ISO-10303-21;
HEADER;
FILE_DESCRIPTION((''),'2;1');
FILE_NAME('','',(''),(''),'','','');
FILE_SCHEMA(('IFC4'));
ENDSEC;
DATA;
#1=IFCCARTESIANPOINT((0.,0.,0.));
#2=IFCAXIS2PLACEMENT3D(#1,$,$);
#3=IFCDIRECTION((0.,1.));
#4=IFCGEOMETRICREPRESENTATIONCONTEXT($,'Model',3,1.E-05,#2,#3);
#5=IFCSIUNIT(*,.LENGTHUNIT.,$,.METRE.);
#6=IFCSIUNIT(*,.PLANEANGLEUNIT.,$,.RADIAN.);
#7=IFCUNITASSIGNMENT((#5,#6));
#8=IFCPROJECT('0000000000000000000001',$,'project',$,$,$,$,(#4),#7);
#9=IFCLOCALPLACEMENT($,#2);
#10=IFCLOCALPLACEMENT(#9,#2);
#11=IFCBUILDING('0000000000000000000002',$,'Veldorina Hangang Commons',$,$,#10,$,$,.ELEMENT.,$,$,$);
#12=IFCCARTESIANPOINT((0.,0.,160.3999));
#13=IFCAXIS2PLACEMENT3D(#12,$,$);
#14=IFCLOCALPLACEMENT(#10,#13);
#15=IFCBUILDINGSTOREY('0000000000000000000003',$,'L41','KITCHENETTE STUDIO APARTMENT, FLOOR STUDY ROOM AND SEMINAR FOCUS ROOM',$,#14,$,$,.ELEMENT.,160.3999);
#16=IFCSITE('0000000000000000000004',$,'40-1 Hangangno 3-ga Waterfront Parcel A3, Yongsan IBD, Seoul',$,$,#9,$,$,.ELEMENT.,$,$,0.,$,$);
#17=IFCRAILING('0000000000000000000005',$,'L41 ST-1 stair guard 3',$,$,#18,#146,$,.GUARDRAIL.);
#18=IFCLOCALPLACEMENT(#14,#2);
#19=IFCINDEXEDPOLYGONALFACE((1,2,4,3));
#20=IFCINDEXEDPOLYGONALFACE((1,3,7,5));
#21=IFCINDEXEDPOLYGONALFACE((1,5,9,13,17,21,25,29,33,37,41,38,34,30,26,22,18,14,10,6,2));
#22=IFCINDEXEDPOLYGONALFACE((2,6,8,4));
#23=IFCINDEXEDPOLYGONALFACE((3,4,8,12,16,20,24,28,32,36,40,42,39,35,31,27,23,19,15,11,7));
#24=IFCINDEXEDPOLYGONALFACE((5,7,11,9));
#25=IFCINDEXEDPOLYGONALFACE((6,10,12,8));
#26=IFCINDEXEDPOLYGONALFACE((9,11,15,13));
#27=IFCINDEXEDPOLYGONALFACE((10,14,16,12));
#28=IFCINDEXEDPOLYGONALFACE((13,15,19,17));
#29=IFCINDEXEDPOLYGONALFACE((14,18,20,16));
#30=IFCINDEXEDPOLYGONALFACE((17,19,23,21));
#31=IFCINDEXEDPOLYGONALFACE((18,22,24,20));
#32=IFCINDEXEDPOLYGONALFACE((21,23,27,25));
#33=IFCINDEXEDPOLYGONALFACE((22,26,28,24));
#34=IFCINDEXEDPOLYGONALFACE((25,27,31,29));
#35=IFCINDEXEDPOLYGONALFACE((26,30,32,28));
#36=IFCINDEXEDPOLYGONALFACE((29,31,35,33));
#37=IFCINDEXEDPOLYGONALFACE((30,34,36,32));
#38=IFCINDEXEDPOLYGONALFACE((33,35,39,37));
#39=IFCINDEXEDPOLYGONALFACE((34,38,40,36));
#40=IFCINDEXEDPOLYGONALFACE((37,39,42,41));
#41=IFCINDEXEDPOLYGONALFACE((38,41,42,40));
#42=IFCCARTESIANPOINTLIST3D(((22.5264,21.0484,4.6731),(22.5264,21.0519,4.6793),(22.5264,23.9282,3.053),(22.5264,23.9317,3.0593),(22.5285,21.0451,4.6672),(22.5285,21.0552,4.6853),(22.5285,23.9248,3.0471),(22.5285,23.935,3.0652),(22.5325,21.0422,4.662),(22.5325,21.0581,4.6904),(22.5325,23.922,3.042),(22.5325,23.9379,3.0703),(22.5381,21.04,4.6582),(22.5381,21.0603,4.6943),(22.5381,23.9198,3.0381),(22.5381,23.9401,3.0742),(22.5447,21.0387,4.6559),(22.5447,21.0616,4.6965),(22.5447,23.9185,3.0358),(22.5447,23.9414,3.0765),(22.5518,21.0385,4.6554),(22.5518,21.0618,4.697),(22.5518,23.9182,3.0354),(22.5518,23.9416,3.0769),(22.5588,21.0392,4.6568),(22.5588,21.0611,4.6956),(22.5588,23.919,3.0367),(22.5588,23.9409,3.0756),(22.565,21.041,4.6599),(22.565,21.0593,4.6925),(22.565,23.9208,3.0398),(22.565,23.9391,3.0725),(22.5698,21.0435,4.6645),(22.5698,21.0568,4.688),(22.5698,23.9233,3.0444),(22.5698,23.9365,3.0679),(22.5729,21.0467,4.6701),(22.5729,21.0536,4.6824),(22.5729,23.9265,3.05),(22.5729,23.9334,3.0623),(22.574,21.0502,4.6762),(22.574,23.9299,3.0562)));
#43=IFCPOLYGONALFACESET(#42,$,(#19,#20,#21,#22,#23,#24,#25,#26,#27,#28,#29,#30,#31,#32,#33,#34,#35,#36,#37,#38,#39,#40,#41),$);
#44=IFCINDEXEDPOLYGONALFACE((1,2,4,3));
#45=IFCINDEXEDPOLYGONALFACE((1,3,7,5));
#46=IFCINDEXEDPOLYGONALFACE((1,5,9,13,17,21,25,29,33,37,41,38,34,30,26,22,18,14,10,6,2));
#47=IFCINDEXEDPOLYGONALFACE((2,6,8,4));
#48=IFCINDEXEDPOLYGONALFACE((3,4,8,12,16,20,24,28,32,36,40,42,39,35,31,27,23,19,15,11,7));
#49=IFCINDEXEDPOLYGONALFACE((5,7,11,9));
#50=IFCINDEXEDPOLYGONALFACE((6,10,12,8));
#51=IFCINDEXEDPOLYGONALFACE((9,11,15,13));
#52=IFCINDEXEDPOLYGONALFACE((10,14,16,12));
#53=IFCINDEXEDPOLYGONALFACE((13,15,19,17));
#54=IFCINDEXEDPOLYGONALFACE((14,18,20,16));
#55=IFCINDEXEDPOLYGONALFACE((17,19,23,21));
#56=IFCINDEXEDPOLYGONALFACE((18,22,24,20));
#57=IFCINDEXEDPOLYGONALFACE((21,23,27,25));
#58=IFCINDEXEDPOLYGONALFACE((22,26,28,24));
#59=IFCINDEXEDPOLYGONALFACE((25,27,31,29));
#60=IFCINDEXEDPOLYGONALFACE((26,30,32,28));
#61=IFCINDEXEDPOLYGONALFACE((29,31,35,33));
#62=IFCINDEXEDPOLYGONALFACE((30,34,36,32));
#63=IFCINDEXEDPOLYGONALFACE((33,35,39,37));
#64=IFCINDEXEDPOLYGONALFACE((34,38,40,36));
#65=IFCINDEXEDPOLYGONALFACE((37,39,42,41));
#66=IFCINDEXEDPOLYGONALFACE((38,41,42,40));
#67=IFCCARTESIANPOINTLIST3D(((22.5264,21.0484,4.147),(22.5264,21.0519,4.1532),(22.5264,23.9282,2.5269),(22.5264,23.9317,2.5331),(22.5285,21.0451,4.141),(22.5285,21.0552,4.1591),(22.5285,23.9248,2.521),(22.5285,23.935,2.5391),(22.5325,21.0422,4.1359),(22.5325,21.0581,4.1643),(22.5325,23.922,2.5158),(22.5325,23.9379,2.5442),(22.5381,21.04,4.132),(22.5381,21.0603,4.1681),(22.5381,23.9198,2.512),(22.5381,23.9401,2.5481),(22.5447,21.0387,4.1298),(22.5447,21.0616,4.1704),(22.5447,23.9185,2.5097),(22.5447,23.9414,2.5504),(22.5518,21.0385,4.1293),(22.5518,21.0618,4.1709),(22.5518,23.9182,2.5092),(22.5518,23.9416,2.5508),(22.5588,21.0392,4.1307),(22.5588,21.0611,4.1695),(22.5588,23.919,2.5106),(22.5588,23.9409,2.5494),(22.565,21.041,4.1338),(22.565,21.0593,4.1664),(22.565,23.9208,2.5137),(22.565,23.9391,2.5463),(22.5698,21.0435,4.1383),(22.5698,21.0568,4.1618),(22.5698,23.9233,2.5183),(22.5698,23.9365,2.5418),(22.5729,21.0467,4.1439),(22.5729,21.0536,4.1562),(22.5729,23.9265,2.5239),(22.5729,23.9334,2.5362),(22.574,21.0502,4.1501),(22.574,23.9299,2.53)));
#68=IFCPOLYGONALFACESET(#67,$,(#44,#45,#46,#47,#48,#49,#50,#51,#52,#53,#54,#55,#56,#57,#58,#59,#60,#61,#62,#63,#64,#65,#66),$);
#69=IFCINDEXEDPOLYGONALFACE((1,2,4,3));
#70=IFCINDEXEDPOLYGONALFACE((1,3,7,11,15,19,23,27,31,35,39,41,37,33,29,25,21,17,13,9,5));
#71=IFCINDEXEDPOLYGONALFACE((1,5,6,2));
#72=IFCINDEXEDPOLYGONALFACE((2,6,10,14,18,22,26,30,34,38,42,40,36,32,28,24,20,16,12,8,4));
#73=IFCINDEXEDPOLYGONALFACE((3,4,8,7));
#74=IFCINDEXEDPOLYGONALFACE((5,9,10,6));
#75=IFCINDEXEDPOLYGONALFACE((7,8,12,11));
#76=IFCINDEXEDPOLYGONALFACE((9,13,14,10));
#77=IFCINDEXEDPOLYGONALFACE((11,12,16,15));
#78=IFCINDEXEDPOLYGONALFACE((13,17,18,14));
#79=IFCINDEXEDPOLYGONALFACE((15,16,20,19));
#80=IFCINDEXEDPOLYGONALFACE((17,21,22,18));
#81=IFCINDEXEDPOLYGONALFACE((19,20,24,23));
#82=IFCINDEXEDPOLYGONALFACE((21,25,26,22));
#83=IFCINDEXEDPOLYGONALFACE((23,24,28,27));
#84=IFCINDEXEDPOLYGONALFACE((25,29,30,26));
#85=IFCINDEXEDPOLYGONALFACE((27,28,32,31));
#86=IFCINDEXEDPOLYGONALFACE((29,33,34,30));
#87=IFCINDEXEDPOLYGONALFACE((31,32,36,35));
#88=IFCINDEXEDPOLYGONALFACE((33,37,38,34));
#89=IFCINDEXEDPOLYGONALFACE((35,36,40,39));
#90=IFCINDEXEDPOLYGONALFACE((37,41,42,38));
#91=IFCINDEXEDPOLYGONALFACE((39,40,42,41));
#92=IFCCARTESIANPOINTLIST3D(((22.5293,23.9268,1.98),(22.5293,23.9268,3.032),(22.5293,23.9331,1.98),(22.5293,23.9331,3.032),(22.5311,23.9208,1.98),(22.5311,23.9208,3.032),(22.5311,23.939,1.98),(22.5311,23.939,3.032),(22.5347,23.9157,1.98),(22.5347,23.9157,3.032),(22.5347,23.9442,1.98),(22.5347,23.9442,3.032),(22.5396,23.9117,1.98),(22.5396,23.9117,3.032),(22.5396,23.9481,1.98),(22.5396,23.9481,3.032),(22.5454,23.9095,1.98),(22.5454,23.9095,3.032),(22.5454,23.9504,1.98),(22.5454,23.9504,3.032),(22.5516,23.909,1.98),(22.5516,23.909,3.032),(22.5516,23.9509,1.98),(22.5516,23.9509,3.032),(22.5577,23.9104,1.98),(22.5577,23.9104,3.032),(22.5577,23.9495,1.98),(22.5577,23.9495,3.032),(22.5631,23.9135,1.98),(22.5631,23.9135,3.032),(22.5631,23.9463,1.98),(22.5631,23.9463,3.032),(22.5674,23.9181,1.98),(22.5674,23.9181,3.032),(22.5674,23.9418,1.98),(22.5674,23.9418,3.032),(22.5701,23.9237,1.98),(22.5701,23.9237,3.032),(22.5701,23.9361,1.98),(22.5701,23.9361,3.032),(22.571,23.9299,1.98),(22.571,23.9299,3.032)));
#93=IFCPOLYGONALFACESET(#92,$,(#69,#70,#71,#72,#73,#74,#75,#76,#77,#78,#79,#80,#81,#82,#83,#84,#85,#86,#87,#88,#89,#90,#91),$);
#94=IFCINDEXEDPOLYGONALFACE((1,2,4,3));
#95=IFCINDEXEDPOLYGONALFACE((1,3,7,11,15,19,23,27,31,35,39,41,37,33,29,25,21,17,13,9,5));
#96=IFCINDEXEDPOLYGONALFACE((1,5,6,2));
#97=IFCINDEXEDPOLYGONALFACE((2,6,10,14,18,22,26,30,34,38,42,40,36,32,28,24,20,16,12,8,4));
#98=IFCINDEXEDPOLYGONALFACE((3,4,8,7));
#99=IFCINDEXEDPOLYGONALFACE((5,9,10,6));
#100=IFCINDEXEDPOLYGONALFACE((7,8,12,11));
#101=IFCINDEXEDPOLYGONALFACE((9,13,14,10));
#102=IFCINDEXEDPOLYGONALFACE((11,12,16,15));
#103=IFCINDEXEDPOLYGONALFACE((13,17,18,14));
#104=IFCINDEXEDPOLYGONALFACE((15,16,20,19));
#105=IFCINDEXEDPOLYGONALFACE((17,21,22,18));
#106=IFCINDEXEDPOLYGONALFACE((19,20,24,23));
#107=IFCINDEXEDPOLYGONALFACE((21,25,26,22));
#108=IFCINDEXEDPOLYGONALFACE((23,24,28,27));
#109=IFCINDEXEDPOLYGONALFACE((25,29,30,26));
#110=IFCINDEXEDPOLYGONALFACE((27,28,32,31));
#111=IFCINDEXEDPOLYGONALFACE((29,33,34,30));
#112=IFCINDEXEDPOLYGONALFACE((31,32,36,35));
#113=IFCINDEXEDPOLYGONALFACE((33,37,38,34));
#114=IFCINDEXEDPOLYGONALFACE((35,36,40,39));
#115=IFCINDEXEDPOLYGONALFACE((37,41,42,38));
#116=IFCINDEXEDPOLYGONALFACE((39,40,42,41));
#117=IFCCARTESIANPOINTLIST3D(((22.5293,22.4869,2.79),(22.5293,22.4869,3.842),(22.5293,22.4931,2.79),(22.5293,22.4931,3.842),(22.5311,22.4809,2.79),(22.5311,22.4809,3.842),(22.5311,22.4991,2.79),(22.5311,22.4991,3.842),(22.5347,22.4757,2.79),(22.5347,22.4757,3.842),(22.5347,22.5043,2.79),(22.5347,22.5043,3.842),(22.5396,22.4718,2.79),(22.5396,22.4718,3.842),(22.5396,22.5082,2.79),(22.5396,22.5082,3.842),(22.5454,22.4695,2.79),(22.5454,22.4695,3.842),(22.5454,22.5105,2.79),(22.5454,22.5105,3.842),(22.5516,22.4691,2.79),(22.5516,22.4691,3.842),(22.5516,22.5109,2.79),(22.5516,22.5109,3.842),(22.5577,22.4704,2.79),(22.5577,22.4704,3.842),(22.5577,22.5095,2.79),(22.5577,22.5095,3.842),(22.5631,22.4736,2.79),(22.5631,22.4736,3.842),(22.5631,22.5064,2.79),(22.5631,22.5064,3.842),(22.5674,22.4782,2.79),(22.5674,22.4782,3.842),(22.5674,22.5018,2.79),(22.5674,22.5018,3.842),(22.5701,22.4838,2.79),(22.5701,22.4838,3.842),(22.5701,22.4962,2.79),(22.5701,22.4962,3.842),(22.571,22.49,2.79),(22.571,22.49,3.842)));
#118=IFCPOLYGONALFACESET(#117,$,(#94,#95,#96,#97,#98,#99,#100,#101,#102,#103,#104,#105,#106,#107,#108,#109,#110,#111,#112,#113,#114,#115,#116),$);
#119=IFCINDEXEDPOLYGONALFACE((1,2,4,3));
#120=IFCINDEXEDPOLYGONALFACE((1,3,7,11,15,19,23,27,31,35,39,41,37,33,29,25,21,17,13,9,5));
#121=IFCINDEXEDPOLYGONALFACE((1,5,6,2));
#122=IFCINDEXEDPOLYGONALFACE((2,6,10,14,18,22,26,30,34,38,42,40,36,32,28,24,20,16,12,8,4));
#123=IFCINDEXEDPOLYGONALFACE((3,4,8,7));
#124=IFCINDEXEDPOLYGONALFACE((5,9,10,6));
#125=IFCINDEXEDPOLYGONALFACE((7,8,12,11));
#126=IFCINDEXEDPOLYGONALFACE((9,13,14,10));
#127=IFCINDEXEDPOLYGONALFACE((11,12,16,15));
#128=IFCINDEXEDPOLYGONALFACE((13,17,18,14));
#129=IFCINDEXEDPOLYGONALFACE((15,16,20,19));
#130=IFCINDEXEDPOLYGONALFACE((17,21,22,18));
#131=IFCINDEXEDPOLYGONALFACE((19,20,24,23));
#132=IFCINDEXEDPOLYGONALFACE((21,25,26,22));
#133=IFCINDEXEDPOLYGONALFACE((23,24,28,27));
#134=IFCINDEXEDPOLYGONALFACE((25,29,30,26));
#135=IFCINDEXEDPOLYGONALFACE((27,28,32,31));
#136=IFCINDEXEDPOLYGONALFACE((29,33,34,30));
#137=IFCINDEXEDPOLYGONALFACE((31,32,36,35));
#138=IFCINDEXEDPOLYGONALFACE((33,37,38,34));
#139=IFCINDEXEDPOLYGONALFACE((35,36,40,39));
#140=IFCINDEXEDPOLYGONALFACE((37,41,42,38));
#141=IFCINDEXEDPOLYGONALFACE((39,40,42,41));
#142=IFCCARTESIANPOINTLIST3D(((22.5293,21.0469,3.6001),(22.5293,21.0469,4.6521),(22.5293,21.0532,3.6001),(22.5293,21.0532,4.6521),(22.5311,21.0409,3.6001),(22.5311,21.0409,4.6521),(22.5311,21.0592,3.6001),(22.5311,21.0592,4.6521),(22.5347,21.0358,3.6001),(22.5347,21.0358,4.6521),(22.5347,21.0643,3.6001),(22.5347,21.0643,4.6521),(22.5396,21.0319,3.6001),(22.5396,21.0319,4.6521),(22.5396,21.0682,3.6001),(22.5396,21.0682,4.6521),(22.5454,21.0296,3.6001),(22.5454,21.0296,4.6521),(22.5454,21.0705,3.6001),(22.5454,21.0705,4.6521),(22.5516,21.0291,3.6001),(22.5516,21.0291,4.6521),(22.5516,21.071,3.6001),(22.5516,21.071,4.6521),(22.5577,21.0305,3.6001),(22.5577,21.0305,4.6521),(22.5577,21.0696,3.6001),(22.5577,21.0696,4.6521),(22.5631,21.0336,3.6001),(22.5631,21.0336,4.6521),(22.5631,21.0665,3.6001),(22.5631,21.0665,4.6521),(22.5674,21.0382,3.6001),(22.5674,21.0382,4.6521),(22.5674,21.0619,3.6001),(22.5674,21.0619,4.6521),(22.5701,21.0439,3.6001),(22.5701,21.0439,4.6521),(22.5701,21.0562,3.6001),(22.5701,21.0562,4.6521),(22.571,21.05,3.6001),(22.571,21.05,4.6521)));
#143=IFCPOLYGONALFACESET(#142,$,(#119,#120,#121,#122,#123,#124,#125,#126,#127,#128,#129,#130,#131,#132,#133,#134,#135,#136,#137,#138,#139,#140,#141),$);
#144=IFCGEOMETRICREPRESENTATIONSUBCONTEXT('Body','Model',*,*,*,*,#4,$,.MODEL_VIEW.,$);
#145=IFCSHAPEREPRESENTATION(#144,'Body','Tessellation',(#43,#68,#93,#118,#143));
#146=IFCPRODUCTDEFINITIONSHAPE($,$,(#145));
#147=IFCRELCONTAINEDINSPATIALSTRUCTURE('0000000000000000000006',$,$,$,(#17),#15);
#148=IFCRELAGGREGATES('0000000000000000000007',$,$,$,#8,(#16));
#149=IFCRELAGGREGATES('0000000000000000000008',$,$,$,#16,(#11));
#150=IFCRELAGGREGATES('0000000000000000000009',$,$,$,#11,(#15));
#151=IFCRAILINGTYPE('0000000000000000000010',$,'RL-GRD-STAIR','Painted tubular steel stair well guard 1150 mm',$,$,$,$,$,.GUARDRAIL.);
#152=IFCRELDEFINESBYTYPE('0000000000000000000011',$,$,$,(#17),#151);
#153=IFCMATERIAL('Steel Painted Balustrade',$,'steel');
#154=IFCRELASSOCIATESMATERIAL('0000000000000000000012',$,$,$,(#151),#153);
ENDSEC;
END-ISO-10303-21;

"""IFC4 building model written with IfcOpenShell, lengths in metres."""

from ifc_helpers import new_model, si_unit, direction, frame, origin, origin_2d, place, context, subcontext, project, spatial, circle, extrude, material, type_object, element, save


model = new_model("IFC4")

# Units and contexts
model_context = context("Model", 3, precision=1e-05, world=origin(), true_north=direction((0.0, 1.0)))
body_context = subcontext(model_context, "Body", "Model", "MODEL_VIEW")
ifc_project = project(units=[si_unit("LENGTHUNIT", "METRE"), si_unit("PLANEANGLEUNIT", "RADIAN")], contexts=[model_context])

# Site, building, storey
site_placement = place(None, origin())
site = spatial("IfcSite", under=ifc_project, at=site_placement, Name="40-1 Hangangno 3-ga Waterfront Parcel A3, Yongsan IBD, Seoul", CompositionType="ELEMENT", RefElevation=0.0)
building_placement = place(site_placement, origin())
building = spatial("IfcBuilding", under=site, at=building_placement, Name="Veldorina Hangang Commons", CompositionType="ELEMENT")
storey_placement = place(building_placement, frame((0.0, 0.0, 160.3999)))
storey = spatial("IfcBuildingStorey", under=building, at=storey_placement, Name="L41", Description="KITCHENETTE STUDIO APARTMENT, FLOOR STUDY ROOM AND SEMINAR FOCUS ROOM", CompositionType="ELEMENT", Elevation=160.3999)

# Railing
ifc_material_1 = material(Name="Steel Painted Balustrade", Category="steel")
railing_type = type_object("IfcRailingType", Name="RL-GRD-STAIR", Description="Painted tubular steel stair well guard 1150 mm", PredefinedType="GUARDRAIL", material=ifc_material_1)
railing_1_placement = place(storey_placement, frame((22.55, 23.9299, 1.98)))
element("IfcRailing", 1, at=railing_1_placement, inside=storey, type_object=railing_type, Name="L41 ST-1 stair guard 3", PredefinedType="GUARDRAIL", context=body_context, shape_type="SweptSolid", body=[
    extrude(circle(Radius=0.0239, at=origin_2d()), frame((0.0, 0.0, 1.0762), z_axis=(0.0, -0.871552, 0.490303), x_axis=(1.0, 0.0, 0.0)), (0.0, 0.0, 1.0), 3.3042),
    extrude(circle(Radius=0.0239, at=origin_2d()), frame((0.0, 0.0, 0.55), z_axis=(0.0, -0.871552, 0.490303), x_axis=(1.0, 0.0, 0.0)), (0.0, 0.0, 1.0), 3.3042),
    extrude(circle(Radius=0.021, at=origin_2d()), origin(), (0.0, 0.0, 1.0), 1.052),
    extrude(circle(Radius=0.021, at=origin_2d()), frame((0.0, -1.4399, 0.8101)), (0.0, 0.0, 1.0), 1.052),
    extrude(circle(Radius=0.021, at=origin_2d()), frame((0.0, -2.8799, 1.6201)), (0.0, 0.0, 1.0), 1.052),
])

save(model, "model.ifc")
